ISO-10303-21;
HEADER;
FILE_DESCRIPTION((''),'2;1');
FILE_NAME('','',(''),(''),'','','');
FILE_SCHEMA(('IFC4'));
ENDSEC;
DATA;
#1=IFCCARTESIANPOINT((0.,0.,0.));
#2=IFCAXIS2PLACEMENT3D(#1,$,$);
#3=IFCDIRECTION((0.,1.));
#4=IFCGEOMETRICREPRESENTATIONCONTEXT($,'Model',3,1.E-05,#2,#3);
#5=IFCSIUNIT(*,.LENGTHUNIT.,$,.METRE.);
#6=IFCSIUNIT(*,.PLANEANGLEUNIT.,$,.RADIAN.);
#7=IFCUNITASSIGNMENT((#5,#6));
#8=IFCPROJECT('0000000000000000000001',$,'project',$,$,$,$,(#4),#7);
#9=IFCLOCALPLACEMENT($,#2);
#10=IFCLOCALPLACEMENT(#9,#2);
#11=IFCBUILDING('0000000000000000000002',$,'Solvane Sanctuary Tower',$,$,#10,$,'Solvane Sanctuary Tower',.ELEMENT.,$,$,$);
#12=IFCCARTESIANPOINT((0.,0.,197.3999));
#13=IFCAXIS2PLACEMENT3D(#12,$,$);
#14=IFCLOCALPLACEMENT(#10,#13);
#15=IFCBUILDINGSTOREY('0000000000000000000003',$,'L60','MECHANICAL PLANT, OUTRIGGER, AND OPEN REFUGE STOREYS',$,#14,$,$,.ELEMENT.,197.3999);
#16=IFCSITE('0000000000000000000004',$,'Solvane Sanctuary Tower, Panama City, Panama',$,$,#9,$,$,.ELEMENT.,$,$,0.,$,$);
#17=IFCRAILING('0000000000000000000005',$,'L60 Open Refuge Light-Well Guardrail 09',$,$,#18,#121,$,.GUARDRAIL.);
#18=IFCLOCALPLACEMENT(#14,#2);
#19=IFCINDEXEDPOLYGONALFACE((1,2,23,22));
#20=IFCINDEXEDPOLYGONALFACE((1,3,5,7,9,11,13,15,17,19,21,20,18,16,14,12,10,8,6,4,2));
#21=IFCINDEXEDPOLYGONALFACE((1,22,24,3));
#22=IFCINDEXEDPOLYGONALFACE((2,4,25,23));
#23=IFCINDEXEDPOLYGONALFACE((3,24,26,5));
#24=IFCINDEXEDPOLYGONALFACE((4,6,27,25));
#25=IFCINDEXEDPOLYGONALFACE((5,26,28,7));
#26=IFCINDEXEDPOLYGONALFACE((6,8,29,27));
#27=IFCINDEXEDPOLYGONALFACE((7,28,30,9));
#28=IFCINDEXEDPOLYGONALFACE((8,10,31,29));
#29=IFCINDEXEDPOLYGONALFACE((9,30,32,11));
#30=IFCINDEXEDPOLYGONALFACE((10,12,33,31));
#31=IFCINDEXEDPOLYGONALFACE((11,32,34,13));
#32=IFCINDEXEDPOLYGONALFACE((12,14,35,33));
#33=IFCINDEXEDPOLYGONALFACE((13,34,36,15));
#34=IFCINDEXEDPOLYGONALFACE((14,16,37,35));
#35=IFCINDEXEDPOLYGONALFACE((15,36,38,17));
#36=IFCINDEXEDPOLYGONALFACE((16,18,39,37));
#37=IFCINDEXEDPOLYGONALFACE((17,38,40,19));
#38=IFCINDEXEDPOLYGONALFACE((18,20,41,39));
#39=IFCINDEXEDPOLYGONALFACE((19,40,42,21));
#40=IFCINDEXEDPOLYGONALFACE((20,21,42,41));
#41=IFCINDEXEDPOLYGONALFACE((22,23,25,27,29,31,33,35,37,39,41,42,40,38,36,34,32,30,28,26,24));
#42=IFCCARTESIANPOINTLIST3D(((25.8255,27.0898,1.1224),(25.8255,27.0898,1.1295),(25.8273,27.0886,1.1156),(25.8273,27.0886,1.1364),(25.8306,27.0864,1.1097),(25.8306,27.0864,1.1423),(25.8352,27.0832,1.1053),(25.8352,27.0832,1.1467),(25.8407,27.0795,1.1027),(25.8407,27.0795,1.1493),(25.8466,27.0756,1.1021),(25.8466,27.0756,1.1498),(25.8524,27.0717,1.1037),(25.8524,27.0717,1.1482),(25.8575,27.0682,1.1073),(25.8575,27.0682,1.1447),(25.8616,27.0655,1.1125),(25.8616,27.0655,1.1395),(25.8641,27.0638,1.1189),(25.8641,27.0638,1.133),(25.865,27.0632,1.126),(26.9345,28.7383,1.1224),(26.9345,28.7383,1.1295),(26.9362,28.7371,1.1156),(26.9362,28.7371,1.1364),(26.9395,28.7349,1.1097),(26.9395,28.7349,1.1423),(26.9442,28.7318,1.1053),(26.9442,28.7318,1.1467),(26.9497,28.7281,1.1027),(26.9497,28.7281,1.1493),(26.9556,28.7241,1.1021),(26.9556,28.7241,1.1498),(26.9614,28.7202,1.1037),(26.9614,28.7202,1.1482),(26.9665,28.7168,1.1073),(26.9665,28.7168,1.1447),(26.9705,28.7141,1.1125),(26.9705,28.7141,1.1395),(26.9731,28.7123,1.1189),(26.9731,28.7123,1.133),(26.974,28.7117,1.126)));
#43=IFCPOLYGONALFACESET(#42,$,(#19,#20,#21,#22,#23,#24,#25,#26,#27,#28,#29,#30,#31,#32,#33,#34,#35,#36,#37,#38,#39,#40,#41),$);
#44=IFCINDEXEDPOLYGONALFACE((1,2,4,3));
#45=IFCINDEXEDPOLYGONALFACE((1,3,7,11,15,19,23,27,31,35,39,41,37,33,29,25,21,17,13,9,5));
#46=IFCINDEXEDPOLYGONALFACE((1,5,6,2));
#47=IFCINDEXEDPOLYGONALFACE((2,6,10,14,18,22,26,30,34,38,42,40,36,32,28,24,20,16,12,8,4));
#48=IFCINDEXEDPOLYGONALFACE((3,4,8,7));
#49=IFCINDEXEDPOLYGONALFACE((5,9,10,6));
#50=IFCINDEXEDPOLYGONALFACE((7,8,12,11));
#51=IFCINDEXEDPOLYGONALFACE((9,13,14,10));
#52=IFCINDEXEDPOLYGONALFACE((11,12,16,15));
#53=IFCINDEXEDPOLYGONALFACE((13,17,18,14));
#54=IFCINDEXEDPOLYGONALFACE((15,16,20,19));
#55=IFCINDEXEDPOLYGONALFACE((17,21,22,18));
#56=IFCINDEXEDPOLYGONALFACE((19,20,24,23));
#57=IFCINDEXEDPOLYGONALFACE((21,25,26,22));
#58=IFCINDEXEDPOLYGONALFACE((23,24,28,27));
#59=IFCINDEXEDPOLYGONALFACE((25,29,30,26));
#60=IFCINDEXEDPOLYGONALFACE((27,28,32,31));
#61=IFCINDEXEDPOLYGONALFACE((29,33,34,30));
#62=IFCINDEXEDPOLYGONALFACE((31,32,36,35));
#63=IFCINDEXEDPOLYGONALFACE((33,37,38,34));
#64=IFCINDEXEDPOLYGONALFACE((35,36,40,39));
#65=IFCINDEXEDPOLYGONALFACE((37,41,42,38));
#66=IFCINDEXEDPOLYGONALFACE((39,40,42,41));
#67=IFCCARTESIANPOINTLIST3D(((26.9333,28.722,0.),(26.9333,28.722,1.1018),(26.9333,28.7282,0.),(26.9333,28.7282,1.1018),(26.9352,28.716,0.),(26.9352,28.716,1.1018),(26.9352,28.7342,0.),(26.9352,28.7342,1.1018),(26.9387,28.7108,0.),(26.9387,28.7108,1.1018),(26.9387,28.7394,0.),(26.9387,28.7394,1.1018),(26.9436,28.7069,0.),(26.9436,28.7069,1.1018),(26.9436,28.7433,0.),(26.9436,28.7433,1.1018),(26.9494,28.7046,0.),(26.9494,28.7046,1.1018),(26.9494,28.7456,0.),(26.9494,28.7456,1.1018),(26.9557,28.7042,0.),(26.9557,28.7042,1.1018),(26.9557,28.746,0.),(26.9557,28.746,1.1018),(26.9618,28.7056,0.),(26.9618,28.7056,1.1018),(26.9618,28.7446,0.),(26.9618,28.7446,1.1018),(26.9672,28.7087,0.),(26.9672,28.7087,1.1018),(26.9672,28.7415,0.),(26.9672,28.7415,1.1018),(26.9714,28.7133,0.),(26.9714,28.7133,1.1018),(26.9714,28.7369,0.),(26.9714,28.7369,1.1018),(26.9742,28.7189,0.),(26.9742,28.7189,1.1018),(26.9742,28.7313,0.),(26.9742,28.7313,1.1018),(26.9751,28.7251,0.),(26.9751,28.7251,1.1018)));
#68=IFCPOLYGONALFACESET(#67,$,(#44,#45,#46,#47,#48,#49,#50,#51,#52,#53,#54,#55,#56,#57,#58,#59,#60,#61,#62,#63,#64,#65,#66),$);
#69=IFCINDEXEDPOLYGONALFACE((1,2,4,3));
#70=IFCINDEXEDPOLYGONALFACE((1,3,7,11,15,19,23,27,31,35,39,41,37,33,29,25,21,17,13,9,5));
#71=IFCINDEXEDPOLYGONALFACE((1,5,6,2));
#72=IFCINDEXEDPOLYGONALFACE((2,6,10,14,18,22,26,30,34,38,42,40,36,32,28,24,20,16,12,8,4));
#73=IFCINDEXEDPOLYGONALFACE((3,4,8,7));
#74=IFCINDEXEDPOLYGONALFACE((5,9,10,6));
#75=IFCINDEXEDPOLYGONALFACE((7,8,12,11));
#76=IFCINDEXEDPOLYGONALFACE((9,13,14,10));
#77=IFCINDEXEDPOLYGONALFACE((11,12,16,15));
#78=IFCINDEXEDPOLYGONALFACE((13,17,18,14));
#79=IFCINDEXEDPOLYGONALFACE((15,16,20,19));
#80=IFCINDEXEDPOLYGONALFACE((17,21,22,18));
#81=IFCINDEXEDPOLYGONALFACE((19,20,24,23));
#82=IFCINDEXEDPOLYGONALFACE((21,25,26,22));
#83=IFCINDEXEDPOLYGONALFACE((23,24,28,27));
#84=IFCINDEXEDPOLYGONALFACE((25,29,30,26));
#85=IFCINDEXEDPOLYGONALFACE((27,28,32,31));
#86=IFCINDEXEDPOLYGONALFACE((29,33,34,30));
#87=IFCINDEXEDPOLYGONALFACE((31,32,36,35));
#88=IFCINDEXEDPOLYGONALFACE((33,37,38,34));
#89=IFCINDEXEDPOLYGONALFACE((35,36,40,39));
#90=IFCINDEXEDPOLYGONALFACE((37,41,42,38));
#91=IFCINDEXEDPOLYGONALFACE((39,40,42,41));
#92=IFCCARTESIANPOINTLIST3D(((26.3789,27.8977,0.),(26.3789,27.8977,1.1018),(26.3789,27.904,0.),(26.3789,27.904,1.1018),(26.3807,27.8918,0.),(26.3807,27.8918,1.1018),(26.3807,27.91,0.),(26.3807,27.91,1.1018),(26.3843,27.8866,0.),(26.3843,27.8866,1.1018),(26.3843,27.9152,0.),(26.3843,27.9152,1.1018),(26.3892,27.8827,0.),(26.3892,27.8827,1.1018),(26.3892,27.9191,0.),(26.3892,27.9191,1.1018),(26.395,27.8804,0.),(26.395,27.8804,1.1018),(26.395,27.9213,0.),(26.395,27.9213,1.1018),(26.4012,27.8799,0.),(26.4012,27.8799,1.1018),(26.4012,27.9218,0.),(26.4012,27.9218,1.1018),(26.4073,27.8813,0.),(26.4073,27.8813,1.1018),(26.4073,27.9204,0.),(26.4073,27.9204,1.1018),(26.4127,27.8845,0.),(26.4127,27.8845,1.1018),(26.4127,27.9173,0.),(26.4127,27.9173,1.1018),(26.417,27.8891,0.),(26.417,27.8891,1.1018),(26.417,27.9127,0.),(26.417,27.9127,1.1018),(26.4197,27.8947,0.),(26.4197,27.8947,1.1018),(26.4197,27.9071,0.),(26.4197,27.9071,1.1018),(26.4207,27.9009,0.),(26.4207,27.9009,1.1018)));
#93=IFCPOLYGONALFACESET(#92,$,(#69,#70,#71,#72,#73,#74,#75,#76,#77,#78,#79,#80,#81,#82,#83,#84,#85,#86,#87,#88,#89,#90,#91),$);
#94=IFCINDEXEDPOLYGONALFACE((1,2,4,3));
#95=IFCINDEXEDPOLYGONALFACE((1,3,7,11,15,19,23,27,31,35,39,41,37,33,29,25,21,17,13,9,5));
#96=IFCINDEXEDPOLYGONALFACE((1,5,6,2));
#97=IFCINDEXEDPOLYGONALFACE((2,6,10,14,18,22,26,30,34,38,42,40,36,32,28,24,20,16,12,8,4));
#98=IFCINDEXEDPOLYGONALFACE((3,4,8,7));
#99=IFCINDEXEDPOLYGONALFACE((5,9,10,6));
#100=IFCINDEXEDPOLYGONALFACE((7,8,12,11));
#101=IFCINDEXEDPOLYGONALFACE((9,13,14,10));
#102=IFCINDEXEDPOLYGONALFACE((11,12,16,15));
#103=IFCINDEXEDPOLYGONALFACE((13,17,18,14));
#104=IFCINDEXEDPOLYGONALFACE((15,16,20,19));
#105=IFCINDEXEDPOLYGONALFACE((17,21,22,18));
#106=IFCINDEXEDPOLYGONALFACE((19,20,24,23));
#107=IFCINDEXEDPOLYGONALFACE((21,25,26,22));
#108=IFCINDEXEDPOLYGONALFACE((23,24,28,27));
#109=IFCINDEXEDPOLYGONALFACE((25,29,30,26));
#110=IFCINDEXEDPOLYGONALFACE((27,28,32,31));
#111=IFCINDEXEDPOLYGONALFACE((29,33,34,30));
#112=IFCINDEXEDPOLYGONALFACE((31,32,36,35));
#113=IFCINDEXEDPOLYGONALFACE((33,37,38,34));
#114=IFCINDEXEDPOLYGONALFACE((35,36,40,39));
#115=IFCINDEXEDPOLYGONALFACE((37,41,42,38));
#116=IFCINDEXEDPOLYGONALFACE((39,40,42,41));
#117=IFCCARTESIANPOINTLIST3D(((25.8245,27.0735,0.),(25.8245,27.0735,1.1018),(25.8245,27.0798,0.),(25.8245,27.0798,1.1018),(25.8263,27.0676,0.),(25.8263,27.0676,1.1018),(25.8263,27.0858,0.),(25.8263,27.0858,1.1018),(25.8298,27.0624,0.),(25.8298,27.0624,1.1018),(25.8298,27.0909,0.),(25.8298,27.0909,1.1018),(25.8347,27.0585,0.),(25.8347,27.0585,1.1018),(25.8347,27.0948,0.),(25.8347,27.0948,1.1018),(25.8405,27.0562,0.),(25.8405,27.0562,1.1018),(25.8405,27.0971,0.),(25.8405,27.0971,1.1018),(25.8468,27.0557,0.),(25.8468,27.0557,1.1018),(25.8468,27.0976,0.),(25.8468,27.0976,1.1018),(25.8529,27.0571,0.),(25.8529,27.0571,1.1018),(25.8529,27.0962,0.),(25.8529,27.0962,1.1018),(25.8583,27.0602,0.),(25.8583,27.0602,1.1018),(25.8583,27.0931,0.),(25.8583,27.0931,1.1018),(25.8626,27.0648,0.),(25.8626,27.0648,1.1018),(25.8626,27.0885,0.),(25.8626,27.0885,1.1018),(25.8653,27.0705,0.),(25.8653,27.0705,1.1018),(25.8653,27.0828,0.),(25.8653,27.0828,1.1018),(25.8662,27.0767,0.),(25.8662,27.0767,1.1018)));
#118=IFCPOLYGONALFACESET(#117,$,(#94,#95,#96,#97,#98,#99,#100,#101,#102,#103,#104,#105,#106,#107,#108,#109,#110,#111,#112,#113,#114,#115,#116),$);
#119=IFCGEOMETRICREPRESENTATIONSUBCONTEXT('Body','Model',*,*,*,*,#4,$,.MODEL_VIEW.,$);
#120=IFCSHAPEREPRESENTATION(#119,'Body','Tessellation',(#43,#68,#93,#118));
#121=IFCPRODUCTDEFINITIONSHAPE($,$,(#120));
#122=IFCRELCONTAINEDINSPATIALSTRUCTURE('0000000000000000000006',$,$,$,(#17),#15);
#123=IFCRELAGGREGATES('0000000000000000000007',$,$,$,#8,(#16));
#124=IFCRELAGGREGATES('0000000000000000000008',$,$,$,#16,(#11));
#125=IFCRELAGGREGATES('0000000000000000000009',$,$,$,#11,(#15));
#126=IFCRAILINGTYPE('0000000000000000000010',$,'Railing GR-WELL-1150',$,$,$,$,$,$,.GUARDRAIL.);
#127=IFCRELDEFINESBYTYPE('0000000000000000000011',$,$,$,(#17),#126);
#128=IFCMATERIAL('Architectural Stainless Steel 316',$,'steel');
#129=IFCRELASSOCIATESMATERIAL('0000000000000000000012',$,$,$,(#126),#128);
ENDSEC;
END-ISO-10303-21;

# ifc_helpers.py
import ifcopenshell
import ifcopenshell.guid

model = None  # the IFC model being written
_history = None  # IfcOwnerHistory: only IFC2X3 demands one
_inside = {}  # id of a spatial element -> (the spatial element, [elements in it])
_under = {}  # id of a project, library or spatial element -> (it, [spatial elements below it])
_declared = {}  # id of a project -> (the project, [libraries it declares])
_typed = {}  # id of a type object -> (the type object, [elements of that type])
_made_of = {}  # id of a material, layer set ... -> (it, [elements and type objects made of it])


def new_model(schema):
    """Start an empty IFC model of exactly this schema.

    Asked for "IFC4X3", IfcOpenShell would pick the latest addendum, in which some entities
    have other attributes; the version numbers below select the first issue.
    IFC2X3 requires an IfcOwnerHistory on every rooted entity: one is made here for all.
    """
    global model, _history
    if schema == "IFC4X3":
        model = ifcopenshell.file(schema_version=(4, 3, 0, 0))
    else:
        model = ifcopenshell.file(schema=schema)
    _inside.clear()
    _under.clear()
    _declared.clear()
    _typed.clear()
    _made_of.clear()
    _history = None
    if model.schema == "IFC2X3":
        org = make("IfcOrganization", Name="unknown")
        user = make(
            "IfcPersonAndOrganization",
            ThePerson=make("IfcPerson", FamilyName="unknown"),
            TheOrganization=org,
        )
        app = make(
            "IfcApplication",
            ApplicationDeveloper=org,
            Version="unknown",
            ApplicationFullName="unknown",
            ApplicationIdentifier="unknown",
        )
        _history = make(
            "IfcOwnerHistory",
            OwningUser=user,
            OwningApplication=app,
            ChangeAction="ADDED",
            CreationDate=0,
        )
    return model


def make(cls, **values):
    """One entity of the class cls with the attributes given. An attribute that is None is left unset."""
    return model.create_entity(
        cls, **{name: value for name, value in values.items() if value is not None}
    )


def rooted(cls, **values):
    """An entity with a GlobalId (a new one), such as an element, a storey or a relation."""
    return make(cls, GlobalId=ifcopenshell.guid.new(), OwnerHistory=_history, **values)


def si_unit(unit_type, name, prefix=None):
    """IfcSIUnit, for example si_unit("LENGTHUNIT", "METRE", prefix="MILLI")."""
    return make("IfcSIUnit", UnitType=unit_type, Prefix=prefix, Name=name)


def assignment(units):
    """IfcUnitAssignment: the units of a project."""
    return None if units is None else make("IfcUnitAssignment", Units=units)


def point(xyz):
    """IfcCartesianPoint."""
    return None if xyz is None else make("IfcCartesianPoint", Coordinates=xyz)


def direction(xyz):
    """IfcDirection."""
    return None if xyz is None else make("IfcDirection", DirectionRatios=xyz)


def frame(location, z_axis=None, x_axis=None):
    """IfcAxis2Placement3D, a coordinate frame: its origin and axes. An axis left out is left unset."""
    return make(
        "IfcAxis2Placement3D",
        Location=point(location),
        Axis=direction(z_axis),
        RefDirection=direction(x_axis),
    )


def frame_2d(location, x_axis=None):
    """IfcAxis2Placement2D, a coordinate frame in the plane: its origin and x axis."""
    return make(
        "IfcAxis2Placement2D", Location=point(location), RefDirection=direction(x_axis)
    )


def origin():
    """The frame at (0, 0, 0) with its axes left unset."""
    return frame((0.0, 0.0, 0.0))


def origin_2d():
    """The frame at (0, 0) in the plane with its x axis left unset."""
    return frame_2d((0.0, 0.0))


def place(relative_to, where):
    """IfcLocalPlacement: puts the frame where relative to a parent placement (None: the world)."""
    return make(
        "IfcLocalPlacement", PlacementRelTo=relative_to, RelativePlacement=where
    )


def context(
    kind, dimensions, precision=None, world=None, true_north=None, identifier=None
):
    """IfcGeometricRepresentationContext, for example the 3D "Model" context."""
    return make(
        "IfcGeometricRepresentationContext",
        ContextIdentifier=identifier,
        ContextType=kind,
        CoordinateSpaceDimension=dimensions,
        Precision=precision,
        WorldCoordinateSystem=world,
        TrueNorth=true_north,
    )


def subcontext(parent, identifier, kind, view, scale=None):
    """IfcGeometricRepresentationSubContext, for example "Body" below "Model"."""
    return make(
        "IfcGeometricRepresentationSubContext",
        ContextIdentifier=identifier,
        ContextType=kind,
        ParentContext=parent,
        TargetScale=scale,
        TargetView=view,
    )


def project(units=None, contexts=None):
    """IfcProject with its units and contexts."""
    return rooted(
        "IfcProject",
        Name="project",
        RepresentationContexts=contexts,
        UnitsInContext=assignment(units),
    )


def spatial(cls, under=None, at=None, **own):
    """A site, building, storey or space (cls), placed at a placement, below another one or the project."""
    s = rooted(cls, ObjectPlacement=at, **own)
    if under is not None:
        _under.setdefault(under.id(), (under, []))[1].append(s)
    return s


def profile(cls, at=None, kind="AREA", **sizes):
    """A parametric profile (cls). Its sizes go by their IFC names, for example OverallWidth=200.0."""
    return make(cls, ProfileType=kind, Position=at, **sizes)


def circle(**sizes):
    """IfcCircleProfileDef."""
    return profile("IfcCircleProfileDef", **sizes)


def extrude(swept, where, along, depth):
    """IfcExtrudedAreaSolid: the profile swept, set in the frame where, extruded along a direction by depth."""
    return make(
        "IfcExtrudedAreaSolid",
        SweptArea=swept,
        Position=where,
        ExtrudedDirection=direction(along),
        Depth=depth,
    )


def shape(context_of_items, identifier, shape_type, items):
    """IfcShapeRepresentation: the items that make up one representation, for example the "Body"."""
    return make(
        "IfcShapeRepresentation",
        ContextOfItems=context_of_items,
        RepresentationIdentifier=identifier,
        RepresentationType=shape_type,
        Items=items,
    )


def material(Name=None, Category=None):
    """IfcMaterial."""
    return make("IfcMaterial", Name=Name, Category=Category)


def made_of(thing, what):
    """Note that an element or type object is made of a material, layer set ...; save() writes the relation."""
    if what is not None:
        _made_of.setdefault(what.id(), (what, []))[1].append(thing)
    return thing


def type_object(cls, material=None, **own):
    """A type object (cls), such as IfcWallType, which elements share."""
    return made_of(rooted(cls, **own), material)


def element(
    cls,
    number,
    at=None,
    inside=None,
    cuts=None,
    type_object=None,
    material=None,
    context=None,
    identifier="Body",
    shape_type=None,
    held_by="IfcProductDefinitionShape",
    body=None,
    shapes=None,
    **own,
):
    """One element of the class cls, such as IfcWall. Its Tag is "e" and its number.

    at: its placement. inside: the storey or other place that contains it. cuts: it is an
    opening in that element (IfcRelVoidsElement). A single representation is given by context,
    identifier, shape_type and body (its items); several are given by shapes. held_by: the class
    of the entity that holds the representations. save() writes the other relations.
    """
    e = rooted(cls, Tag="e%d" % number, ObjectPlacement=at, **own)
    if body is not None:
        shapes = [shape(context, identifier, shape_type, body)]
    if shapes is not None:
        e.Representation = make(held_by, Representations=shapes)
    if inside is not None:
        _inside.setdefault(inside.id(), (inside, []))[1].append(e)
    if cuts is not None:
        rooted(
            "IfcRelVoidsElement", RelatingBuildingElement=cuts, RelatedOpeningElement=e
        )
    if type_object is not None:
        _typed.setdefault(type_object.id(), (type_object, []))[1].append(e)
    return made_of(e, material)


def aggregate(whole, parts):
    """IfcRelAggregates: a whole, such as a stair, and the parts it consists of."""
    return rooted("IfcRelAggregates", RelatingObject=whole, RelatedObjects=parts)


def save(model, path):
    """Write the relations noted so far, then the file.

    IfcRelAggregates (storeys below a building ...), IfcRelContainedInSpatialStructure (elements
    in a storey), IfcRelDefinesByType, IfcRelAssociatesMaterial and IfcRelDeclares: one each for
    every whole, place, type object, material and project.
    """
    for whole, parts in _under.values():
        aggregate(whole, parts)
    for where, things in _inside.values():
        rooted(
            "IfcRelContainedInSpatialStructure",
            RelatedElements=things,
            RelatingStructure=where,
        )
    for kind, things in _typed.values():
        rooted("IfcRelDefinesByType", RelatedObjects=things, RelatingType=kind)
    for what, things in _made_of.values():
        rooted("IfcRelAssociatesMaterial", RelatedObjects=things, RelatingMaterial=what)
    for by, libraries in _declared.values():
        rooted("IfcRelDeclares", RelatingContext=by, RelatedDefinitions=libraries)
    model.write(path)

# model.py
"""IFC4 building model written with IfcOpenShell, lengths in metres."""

from ifc_helpers import new_model, si_unit, direction, frame, origin, origin_2d, place, context, subcontext, project, spatial, circle, extrude, material, type_object, element, save


model = new_model("IFC4")

# Units and contexts
model_context = context("Model", 3, precision=1e-05, world=origin(), true_north=direction((0.0, 1.0)))
body_context = subcontext(model_context, "Body", "Model", "MODEL_VIEW")
ifc_project = project(units=[si_unit("LENGTHUNIT", "METRE"), si_unit("PLANEANGLEUNIT", "RADIAN")], contexts=[model_context])

# Site, building, storey
site_placement = place(None, origin())
site = spatial("IfcSite", under=ifc_project, at=site_placement, Name="Solvane Sanctuary Tower, Panama City, Panama", CompositionType="ELEMENT", RefElevation=0.0)
building_placement = place(site_placement, origin())
building = spatial("IfcBuilding", under=site, at=building_placement, Name="Solvane Sanctuary Tower", LongName="Solvane Sanctuary Tower", CompositionType="ELEMENT")
storey_placement = place(building_placement, frame((0.0, 0.0, 197.3999)))
storey = spatial("IfcBuildingStorey", under=building, at=storey_placement, Name="L60", Description="MECHANICAL PLANT, OUTRIGGER, AND OPEN REFUGE STOREYS", CompositionType="ELEMENT", Elevation=197.3999)

# Shared definitions
ifc_material_1 = material(Name="Architectural Stainless Steel 316", Category="steel")

# Railing
railing_type = type_object("IfcRailingType", Name="Railing GR-WELL-1150", PredefinedType="GUARDRAIL", material=ifc_material_1)
railing_1_placement = place(storey_placement, frame((26.9541, 28.7251, 0.0)))
element("IfcRailing", 1, at=railing_1_placement, inside=storey, type_object=railing_type, Name="L60 Open Refuge Light-Well Guardrail 09", PredefinedType="GUARDRAIL", context=body_context, shape_type="SweptSolid", body=[
    extrude(circle(Radius=0.0239, at=origin_2d()), frame((0.0, 0.0, 1.126), z_axis=(-0.558155, -0.829737, 0.0), x_axis=(0.829737, -0.558155, 0.0)), (0.0, 0.0, 1.0), 1.9868),
    extrude(circle(Radius=0.021, at=origin_2d()), origin(), (0.0, 0.0, 1.0), 1.1018),
    extrude(circle(Radius=0.021, at=origin_2d()), frame((-0.5544, -0.8242, 0.0)), (0.0, 0.0, 1.0), 1.1018),
    extrude(circle(Radius=0.021, at=origin_2d()), frame((-1.1089, -1.6484, 0.0)), (0.0, 0.0, 1.0), 1.1018),
])

save(model, "model.ifc")
